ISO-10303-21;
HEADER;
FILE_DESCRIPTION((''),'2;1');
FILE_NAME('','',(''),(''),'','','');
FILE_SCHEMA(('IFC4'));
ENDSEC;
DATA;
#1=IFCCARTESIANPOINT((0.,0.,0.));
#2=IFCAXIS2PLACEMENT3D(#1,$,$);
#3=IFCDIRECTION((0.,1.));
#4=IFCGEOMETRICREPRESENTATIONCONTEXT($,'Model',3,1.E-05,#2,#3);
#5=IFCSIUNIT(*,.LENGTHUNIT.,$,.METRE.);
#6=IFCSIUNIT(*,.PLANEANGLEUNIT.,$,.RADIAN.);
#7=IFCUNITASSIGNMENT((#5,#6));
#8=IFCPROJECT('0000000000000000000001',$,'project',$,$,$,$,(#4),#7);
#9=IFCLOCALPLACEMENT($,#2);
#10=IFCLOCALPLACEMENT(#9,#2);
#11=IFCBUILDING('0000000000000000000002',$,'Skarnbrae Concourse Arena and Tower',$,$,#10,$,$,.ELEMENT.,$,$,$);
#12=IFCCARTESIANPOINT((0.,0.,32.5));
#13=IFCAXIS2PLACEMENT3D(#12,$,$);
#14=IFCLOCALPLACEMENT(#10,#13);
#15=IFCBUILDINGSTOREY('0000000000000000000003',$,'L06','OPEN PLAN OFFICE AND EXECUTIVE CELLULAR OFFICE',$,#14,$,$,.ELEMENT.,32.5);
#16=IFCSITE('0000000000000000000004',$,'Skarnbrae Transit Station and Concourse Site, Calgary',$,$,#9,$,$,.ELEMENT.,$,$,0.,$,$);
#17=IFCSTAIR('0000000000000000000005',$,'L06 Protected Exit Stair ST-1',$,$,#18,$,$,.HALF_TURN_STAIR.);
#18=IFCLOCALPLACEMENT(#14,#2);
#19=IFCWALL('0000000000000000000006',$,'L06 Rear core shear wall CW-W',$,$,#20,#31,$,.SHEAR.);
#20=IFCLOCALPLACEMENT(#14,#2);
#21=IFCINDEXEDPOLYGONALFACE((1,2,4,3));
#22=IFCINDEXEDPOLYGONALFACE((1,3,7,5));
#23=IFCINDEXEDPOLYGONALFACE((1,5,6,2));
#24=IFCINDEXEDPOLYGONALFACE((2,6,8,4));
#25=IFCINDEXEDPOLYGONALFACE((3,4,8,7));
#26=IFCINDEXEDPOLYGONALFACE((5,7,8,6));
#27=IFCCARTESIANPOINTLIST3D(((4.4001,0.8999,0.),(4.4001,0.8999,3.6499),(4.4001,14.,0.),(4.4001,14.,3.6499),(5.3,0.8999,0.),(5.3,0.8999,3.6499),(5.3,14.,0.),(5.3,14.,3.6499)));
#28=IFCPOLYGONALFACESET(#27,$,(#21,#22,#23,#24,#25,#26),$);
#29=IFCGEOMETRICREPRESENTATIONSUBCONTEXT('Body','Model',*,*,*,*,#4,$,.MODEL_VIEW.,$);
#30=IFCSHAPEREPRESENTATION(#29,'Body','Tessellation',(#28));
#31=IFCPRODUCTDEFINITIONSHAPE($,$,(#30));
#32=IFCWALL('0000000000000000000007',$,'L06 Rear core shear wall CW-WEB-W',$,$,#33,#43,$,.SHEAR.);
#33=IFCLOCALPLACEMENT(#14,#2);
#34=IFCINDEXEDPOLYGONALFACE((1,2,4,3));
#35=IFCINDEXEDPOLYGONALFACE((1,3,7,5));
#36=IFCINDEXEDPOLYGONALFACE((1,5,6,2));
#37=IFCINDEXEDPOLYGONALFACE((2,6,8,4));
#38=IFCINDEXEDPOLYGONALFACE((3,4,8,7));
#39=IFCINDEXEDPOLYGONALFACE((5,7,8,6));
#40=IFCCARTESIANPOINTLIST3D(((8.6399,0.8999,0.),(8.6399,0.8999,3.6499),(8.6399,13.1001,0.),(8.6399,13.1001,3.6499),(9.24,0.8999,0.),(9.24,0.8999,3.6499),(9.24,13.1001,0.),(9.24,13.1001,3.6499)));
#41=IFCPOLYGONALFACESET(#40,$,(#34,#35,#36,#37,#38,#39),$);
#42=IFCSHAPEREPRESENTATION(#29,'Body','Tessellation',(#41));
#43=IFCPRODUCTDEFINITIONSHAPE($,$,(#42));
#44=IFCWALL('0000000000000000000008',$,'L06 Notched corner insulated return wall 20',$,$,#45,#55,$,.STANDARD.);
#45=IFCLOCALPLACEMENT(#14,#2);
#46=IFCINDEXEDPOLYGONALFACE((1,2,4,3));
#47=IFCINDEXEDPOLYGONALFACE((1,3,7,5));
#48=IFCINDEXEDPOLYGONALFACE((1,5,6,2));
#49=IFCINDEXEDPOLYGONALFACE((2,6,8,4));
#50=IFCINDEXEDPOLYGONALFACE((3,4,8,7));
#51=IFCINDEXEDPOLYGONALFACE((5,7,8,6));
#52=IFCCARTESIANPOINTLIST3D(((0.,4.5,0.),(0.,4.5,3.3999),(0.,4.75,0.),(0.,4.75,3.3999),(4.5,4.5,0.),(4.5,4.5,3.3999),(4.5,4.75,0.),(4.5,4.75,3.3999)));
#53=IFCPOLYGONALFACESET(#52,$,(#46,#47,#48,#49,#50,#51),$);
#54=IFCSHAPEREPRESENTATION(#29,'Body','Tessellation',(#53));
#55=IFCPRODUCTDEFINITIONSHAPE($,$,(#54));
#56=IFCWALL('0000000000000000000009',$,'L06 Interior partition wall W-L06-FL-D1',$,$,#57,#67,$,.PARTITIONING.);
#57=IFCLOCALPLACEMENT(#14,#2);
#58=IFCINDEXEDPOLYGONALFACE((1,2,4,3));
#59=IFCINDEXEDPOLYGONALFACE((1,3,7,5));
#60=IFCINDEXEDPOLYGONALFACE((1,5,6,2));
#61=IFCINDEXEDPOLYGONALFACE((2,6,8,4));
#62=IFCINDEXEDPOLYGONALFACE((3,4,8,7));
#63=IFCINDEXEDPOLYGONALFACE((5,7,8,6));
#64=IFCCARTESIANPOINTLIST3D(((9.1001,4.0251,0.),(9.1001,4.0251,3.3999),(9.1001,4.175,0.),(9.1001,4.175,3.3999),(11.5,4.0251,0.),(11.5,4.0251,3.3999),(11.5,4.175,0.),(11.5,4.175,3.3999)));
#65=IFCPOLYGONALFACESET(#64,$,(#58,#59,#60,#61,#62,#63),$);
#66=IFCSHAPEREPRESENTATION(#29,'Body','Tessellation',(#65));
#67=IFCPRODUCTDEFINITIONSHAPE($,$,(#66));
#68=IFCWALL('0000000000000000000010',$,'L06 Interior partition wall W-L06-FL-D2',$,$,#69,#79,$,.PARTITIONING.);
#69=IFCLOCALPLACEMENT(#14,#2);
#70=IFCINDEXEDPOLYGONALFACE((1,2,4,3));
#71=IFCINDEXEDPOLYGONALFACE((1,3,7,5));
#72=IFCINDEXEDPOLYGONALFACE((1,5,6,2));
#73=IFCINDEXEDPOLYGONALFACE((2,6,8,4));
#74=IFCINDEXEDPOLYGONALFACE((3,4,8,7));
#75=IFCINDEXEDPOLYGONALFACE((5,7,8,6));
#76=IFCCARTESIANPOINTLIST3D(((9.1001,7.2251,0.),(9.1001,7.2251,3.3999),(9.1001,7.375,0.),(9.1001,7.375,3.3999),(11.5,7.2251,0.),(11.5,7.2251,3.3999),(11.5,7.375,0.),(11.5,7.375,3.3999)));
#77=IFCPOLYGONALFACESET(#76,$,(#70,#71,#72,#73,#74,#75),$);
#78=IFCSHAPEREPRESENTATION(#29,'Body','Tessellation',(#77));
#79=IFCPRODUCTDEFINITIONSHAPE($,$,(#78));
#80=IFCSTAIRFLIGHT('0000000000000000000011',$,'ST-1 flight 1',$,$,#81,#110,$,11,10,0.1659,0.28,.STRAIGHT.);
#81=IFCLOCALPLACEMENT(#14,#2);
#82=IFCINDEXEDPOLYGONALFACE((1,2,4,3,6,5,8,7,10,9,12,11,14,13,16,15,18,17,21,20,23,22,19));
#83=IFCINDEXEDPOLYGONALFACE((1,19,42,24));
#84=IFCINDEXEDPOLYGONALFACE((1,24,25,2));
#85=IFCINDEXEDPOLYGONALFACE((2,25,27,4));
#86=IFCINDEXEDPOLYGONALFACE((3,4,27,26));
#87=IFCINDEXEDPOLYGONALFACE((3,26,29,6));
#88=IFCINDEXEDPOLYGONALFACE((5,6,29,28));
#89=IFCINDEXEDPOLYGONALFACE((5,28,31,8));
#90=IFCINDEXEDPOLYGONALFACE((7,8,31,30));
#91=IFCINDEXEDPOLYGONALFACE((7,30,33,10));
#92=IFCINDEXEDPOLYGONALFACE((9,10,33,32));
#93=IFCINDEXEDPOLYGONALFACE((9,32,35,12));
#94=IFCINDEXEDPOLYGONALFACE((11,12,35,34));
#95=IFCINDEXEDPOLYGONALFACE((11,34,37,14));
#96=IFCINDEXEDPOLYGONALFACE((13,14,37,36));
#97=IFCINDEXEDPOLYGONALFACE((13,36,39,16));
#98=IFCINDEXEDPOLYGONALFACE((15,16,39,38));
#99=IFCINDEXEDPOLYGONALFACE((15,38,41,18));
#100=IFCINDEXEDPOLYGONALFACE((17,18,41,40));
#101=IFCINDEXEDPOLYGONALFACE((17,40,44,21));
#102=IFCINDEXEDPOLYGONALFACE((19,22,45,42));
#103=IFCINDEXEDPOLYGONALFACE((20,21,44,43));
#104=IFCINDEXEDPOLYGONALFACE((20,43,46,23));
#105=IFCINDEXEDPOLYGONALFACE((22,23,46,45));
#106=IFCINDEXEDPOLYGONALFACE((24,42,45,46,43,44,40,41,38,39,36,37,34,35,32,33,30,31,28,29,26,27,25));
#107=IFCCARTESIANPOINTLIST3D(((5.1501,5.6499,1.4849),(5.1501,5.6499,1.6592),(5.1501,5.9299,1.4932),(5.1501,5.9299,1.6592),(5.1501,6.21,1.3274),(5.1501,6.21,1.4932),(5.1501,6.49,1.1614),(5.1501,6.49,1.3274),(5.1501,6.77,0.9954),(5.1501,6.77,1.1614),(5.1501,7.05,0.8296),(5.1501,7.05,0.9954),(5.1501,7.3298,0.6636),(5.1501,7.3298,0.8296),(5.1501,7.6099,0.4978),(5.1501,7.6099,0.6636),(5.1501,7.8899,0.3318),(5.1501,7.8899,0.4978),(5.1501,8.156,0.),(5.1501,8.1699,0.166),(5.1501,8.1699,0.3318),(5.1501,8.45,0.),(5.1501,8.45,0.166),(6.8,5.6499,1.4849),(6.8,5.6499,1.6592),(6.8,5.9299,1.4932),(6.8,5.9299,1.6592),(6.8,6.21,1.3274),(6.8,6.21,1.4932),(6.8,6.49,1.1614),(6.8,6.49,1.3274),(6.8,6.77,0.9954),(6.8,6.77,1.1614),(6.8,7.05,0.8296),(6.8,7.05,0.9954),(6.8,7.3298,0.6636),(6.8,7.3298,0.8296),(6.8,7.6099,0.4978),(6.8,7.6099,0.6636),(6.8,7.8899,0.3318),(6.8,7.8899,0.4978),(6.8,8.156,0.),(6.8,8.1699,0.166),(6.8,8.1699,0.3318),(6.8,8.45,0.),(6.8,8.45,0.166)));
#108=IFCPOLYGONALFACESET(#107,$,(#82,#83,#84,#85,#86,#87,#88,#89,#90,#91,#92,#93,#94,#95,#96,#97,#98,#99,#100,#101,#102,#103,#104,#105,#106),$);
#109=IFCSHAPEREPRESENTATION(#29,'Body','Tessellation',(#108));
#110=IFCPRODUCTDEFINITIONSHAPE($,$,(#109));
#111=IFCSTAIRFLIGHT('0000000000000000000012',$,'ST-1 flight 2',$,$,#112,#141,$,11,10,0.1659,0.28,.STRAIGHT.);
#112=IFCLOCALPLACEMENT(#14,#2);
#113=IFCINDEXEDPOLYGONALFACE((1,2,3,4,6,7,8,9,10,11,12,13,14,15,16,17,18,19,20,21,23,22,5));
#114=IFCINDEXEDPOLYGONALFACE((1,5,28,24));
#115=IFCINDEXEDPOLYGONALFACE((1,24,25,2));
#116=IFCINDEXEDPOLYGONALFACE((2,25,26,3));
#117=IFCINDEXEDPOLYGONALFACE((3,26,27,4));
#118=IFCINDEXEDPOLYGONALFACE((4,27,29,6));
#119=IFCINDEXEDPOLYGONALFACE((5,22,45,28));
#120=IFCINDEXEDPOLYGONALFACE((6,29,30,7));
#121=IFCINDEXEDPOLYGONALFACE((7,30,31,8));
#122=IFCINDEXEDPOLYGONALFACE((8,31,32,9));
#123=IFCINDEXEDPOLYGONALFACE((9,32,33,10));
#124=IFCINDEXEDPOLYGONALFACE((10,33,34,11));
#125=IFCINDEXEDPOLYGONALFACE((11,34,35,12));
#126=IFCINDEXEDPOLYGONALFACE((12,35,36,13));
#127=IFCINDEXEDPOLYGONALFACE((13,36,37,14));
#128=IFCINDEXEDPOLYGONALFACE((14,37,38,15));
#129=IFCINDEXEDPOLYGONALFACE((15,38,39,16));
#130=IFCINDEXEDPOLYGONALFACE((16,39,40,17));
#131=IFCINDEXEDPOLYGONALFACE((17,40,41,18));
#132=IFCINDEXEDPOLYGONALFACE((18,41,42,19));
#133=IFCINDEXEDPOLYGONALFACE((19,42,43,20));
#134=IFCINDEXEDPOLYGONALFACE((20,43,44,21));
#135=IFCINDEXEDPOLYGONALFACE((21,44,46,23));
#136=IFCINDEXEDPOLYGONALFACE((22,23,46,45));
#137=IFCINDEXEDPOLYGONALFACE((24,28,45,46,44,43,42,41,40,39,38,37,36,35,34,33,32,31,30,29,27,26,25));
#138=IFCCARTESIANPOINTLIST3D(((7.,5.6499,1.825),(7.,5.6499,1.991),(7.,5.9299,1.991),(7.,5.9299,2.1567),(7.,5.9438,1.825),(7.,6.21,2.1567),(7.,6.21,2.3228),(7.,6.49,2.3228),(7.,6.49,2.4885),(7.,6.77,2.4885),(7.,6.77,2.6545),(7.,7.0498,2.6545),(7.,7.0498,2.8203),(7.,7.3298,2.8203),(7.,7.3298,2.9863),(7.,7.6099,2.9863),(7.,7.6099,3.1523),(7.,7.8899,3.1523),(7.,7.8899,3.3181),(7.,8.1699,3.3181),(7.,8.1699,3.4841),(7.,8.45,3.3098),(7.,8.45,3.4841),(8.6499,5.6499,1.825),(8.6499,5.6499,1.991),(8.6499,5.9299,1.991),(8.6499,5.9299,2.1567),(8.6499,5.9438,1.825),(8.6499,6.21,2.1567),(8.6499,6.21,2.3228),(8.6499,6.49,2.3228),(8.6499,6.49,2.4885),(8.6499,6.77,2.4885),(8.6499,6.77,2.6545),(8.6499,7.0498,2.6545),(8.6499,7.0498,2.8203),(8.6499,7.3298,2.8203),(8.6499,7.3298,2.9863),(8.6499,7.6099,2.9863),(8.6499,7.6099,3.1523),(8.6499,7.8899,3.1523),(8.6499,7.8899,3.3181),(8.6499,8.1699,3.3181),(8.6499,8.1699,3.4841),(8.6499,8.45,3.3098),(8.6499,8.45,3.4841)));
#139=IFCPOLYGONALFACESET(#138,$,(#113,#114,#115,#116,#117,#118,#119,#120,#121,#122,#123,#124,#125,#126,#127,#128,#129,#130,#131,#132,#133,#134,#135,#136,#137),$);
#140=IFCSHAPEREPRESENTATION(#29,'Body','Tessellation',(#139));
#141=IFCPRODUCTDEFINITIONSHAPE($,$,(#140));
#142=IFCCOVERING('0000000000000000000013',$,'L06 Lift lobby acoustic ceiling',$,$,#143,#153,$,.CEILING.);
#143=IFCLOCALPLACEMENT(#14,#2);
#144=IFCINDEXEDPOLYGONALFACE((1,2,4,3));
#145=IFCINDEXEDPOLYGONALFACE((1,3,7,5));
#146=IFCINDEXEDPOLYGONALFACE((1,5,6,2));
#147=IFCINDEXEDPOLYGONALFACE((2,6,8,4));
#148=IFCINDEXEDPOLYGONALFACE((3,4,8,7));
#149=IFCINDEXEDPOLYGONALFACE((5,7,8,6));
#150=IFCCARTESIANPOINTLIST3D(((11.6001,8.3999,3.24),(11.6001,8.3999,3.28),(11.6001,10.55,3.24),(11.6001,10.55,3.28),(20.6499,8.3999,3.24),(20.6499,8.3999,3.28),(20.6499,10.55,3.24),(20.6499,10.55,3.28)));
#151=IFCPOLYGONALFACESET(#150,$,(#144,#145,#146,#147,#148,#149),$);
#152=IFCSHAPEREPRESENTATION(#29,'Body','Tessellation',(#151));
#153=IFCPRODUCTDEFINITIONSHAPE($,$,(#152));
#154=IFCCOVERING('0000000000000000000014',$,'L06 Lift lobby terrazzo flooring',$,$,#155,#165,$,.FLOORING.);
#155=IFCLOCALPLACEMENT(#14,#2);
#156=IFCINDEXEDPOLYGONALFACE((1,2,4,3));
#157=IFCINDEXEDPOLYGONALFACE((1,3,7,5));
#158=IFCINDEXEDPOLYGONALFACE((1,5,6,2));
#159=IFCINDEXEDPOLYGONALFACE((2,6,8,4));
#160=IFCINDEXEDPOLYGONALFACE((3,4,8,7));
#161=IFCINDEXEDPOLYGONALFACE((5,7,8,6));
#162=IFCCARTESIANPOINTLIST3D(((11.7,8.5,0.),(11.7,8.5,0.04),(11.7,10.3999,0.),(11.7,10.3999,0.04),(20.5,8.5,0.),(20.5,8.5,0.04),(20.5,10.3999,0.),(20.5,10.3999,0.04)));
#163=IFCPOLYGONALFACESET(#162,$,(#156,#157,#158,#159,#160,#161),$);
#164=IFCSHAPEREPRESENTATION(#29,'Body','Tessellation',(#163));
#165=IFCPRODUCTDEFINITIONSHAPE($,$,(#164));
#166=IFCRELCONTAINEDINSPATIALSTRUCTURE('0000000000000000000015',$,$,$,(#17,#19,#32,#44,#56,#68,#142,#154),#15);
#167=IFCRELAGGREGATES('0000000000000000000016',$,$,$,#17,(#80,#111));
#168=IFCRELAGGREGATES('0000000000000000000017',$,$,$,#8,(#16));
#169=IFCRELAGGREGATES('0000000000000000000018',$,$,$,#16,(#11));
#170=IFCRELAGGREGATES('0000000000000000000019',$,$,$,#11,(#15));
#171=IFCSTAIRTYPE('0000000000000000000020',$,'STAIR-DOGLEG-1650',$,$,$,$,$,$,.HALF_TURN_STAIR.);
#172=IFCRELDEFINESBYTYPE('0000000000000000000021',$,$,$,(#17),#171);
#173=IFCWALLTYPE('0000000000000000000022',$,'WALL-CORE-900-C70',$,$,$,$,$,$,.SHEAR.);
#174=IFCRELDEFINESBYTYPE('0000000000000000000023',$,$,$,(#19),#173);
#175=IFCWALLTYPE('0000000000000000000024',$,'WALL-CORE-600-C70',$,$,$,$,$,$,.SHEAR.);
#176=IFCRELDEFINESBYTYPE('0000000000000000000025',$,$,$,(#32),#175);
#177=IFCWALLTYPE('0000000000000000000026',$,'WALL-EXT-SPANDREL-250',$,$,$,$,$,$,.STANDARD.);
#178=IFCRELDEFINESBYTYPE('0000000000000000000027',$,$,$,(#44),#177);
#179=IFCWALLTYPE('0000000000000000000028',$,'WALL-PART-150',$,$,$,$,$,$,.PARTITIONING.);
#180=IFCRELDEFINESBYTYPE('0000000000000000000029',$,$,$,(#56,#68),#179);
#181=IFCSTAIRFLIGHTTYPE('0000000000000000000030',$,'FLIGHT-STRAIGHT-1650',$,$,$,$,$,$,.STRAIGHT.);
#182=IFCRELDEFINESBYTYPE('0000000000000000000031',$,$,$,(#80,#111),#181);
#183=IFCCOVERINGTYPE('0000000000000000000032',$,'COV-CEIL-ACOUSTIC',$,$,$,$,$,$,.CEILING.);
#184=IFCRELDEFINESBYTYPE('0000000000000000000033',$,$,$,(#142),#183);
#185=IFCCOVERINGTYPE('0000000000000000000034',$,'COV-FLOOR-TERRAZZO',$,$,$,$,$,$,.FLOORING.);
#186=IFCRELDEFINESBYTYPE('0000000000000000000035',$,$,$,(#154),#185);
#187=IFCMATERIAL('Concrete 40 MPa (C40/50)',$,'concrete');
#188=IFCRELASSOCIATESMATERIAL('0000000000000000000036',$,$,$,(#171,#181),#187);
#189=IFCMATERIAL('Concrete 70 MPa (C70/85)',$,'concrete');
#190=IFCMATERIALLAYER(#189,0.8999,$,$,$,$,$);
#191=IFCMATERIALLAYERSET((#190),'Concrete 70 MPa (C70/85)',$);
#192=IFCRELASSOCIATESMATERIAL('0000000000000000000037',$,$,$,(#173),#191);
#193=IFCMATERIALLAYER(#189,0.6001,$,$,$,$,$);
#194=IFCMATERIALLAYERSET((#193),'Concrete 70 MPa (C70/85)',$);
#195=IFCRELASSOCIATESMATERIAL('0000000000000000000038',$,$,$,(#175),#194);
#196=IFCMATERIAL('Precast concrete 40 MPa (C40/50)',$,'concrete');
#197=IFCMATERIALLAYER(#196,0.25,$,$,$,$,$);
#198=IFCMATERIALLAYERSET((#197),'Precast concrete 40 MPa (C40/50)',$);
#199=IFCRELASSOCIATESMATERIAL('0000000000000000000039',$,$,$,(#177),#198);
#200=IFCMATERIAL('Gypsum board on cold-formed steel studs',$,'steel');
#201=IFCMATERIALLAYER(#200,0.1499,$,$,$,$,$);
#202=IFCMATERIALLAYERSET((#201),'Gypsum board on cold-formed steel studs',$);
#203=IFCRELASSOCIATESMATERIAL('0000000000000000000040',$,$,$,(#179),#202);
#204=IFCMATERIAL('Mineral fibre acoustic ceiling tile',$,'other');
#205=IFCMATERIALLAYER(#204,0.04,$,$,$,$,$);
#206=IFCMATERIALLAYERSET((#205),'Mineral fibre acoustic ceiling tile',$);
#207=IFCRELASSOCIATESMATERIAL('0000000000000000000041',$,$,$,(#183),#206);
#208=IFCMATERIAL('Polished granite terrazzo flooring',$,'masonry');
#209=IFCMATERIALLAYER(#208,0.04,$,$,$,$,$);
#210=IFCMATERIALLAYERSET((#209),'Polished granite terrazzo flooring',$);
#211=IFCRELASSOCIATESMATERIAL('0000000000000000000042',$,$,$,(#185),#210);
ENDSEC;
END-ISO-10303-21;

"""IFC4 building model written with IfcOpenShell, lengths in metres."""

from ifc_helpers import new_model, si_unit, direction, frame, frame_2d, origin, place, context, subcontext, project, spatial, polyline, rectangle, outline, extrude, source, transform, mapped, material, layer, layer_set, type_object, element, aggregate, save


model = new_model("IFC4")

# Units and contexts
model_context = context("Model", 3, precision=1e-05, world=origin(), true_north=direction((0.0, 1.0)))
body_context = subcontext(model_context, "Body", "Model", "MODEL_VIEW")
ifc_project = project(units=[si_unit("LENGTHUNIT", "METRE"), si_unit("PLANEANGLEUNIT", "RADIAN")], contexts=[model_context])

# Site, building, storey
site_placement = place(None, origin())
site = spatial("IfcSite", under=ifc_project, at=site_placement, Name="Skarnbrae Transit Station and Concourse Site, Calgary", CompositionType="ELEMENT", RefElevation=0.0)
building_placement = place(site_placement, origin())
building = spatial("IfcBuilding", under=site, at=building_placement, Name="Skarnbrae Concourse Arena and Tower", CompositionType="ELEMENT")
storey_placement = place(building_placement, frame((0.0, 0.0, 32.5)))
storey = spatial("IfcBuildingStorey", under=building, at=storey_placement, Name="L06", Description="OPEN PLAN OFFICE AND EXECUTIVE CELLULAR OFFICE", CompositionType="ELEMENT", Elevation=32.5)

# Stair
ifc_material_1 = material(Name="Concrete 40 MPa (C40/50)", Category="concrete")
stair_type = type_object("IfcStairType", Name="STAIR-DOGLEG-1650", PredefinedType="HALF_TURN_STAIR", material=ifc_material_1)
stair_1_placement = place(storey_placement, origin())
stair_1 = element("IfcStair", 1, at=stair_1_placement, inside=storey, type_object=stair_type, Name="L06 Protected Exit Stair ST-1", PredefinedType="HALF_TURN_STAIR")

# Walls
ifc_material_2 = material(Name="Concrete 70 MPa (C70/85)", Category="concrete")
ifc_layer_1 = layer(ifc_material_2, 0.8999)
ifc_layer_set_1 = layer_set([ifc_layer_1], Name="Concrete 70 MPa (C70/85)")
wall_type_1 = type_object("IfcWallType", Name="WALL-CORE-900-C70", PredefinedType="SHEAR", material=ifc_layer_set_1)
shared_shape_1 = source(origin(), body_context, "Body", "SweptSolid", [
    extrude(rectangle(XDim=13.1001, YDim=0.8999, at=frame_2d((6.55, 0.0))), origin(), (0.0, 0.0, 1.0), 3.6499),
])
wall_1_placement = place(storey_placement, frame((4.8501, 0.8999, 0.0), z_axis=(0.0, 0.0, 1.0), x_axis=(0.0, 1.0, 0.0)))
element("IfcWall", 2, at=wall_1_placement, inside=storey, type_object=wall_type_1, Name="L06 Rear core shear wall CW-W", PredefinedType="SHEAR", context=body_context, shape_type="MappedRepresentation", body=[
    mapped(shared_shape_1, transform((0.0, 0.0, 0.0))),
])
ifc_layer_2 = layer(ifc_material_2, 0.6001)
ifc_layer_set_2 = layer_set([ifc_layer_2], Name="Concrete 70 MPa (C70/85)")
wall_type_2 = type_object("IfcWallType", Name="WALL-CORE-600-C70", PredefinedType="SHEAR", material=ifc_layer_set_2)
shared_shape_2 = source(origin(), body_context, "Body", "SweptSolid", [
    extrude(rectangle(XDim=12.2002, YDim=0.6001, at=frame_2d((6.1001, 0.0))), origin(), (0.0, 0.0, 1.0), 3.6499),
])
wall_2_placement = place(storey_placement, frame((8.9399, 0.8999, 0.0), z_axis=(0.0, 0.0, 1.0), x_axis=(0.0, 1.0, 0.0)))
element("IfcWall", 3, at=wall_2_placement, inside=storey, type_object=wall_type_2, Name="L06 Rear core shear wall CW-WEB-W", PredefinedType="SHEAR", context=body_context, shape_type="MappedRepresentation", body=[
    mapped(shared_shape_2, transform((0.0, 0.0, 0.0))),
])

# Walls
ifc_material_3 = material(Name="Precast concrete 40 MPa (C40/50)", Category="concrete")
ifc_layer_3 = layer(ifc_material_3, 0.25)
ifc_layer_set_3 = layer_set([ifc_layer_3], Name="Precast concrete 40 MPa (C40/50)")
wall_type_3 = type_object("IfcWallType", Name="WALL-EXT-SPANDREL-250", PredefinedType="STANDARD", material=ifc_layer_set_3)
shared_shape_3 = source(origin(), body_context, "Body", "SweptSolid", [
    extrude(rectangle(XDim=4.5, YDim=0.25, at=frame_2d((2.25, 0.0))), origin(), (0.0, 0.0, 1.0), 3.3999),
])
wall_3_placement = place(storey_placement, frame((0.0, 4.625, 0.0), z_axis=(0.0, 0.0, 1.0), x_axis=(1.0, 0.0, 0.0)))
element("IfcWall", 4, at=wall_3_placement, inside=storey, type_object=wall_type_3, Name="L06 Notched corner insulated return wall 20", PredefinedType="STANDARD", context=body_context, shape_type="MappedRepresentation", body=[
    mapped(shared_shape_3, transform((0.0, 0.0, 0.0))),
])
ifc_material_4 = material(Name="Gypsum board on cold-formed steel studs", Category="steel")
ifc_layer_4 = layer(ifc_material_4, 0.1499)
ifc_layer_set_4 = layer_set([ifc_layer_4], Name="Gypsum board on cold-formed steel studs")
wall_type_4 = type_object("IfcWallType", Name="WALL-PART-150", PredefinedType="PARTITIONING", material=ifc_layer_set_4)
shared_shape_4 = source(origin(), body_context, "Body", "SweptSolid", [
    extrude(rectangle(XDim=2.3999, YDim=0.1499, at=frame_2d((1.2, 0.0))), origin(), (0.0, 0.0, 1.0), 3.3999),
])
for number, where, z_axis, x_axis, name in (
    (5, (9.1001, 4.1001, 0.0), (0.0, 0.0, 1.0), (1.0, 0.0, 0.0), "L06 Interior partition wall W-L06-FL-D1"),
    (6, (9.1001, 7.3, 0.0), (0.0, 0.0, 1.0), (1.0, 0.0, 0.0), "L06 Interior partition wall W-L06-FL-D2"),
):
    element("IfcWall", number, at=place(storey_placement, frame(where, z_axis=z_axis, x_axis=x_axis)), inside=storey, type_object=wall_type_4, Name=name, PredefinedType="PARTITIONING", context=body_context, shape_type="MappedRepresentation", body=[
        mapped(shared_shape_4, transform((0.0, 0.0, 0.0))),
    ])

# Stair flights
stair_flight_type = type_object("IfcStairFlightType", Name="FLIGHT-STRAIGHT-1650", PredefinedType="STRAIGHT", material=ifc_material_1)
shared_shape_5 = source(origin(), body_context, "Body", "SweptSolid", [
    extrude(outline(polyline([(0.0, 0.0), (0.0, 0.166), (0.28, 0.166), (0.28, 0.3318), (0.5601, 0.3318), (0.5601, 0.4978), (0.8401, 0.4978), (0.8401, 0.6636), (1.1201, 0.6636), (1.1201, 0.8296), (1.3999, 0.8296), (1.3999, 0.9954), (1.6799, 0.9954), (1.6799, 1.1614), (1.96, 1.1614), (1.96, 1.3274), (2.24, 1.3274), (2.24, 1.4932), (2.52, 1.4932), (2.52, 1.6592), (2.8, 1.6592), (2.8, 1.825), (2.8, 1.4849), (0.2939, 0.0), (0.0, 0.0)])), frame((0.0, 0.825, 0.0), z_axis=(0.0, -1.0, 0.0), x_axis=(1.0, 0.0, 0.0)), (0.0, 0.0, 1.0), 1.6499),
])
stair_flight_1_placement = place(storey_placement, frame((5.9751, 8.45, 0.0), z_axis=(0.0, 0.0, 1.0), x_axis=(0.0, -1.0, 0.0)))
stair_flight_1 = element("IfcStairFlight", 7, at=stair_flight_1_placement, type_object=stair_flight_type, Name="ST-1 flight 1", NumberOfRisers=11, NumberOfTreads=10, PredefinedType="STRAIGHT", RiserHeight=0.1659, TreadLength=0.28, context=body_context, shape_type="MappedRepresentation", body=[
    mapped(shared_shape_5, transform((0.0, 0.0, 0.0))),
])
stair_flight_2_placement = place(storey_placement, frame((7.825, 5.6499, 1.825), z_axis=(0.0, 0.0, 1.0), x_axis=(0.0, 1.0, 0.0)))
stair_flight_2 = element("IfcStairFlight", 8, at=stair_flight_2_placement, type_object=stair_flight_type, Name="ST-1 flight 2", NumberOfRisers=11, NumberOfTreads=10, PredefinedType="STRAIGHT", RiserHeight=0.1659, TreadLength=0.28, context=body_context, shape_type="MappedRepresentation", body=[
    mapped(shared_shape_5, transform((0.0, 0.0, 0.0))),
])
aggregate(stair_1, [stair_flight_1, stair_flight_2])

# Coverings
ifc_material_5 = material(Name="Mineral fibre acoustic ceiling tile", Category="other")
ifc_layer_5 = layer(ifc_material_5, 0.04)
ifc_layer_set_5 = layer_set([ifc_layer_5], Name="Mineral fibre acoustic ceiling tile")
covering_type_1 = type_object("IfcCoveringType", Name="COV-CEIL-ACOUSTIC", PredefinedType="CEILING", material=ifc_layer_set_5)
covering_1_placement = place(storey_placement, frame((0.0, 0.0, 3.24)))
element("IfcCovering", 9, at=covering_1_placement, inside=storey, type_object=covering_type_1, Name="L06 Lift lobby acoustic ceiling", PredefinedType="CEILING", context=body_context, shape_type="SweptSolid", body=[
    extrude(outline(polyline([(11.6001, 8.3999), (20.6499, 8.3999), (20.6499, 10.55), (11.6001, 10.55), (11.6001, 8.3999)])), origin(), (0.0, 0.0, 1.0), 0.04),
])
ifc_material_6 = material(Name="Polished granite terrazzo flooring", Category="masonry")
ifc_layer_6 = layer(ifc_material_6, 0.04)
ifc_layer_set_6 = layer_set([ifc_layer_6], Name="Polished granite terrazzo flooring")
covering_type_2 = type_object("IfcCoveringType", Name="COV-FLOOR-TERRAZZO", PredefinedType="FLOORING", material=ifc_layer_set_6)
covering_2_placement = place(storey_placement, origin())
element("IfcCovering", 10, at=covering_2_placement, inside=storey, type_object=covering_type_2, Name="L06 Lift lobby terrazzo flooring", PredefinedType="FLOORING", context=body_context, shape_type="SweptSolid", body=[
    extrude(outline(polyline([(11.7, 8.5), (20.5, 8.5), (20.5, 10.3999), (11.7, 10.3999), (11.7, 8.5)])), origin(), (0.0, 0.0, 1.0), 0.04),
])

save(model, "model.ifc")
